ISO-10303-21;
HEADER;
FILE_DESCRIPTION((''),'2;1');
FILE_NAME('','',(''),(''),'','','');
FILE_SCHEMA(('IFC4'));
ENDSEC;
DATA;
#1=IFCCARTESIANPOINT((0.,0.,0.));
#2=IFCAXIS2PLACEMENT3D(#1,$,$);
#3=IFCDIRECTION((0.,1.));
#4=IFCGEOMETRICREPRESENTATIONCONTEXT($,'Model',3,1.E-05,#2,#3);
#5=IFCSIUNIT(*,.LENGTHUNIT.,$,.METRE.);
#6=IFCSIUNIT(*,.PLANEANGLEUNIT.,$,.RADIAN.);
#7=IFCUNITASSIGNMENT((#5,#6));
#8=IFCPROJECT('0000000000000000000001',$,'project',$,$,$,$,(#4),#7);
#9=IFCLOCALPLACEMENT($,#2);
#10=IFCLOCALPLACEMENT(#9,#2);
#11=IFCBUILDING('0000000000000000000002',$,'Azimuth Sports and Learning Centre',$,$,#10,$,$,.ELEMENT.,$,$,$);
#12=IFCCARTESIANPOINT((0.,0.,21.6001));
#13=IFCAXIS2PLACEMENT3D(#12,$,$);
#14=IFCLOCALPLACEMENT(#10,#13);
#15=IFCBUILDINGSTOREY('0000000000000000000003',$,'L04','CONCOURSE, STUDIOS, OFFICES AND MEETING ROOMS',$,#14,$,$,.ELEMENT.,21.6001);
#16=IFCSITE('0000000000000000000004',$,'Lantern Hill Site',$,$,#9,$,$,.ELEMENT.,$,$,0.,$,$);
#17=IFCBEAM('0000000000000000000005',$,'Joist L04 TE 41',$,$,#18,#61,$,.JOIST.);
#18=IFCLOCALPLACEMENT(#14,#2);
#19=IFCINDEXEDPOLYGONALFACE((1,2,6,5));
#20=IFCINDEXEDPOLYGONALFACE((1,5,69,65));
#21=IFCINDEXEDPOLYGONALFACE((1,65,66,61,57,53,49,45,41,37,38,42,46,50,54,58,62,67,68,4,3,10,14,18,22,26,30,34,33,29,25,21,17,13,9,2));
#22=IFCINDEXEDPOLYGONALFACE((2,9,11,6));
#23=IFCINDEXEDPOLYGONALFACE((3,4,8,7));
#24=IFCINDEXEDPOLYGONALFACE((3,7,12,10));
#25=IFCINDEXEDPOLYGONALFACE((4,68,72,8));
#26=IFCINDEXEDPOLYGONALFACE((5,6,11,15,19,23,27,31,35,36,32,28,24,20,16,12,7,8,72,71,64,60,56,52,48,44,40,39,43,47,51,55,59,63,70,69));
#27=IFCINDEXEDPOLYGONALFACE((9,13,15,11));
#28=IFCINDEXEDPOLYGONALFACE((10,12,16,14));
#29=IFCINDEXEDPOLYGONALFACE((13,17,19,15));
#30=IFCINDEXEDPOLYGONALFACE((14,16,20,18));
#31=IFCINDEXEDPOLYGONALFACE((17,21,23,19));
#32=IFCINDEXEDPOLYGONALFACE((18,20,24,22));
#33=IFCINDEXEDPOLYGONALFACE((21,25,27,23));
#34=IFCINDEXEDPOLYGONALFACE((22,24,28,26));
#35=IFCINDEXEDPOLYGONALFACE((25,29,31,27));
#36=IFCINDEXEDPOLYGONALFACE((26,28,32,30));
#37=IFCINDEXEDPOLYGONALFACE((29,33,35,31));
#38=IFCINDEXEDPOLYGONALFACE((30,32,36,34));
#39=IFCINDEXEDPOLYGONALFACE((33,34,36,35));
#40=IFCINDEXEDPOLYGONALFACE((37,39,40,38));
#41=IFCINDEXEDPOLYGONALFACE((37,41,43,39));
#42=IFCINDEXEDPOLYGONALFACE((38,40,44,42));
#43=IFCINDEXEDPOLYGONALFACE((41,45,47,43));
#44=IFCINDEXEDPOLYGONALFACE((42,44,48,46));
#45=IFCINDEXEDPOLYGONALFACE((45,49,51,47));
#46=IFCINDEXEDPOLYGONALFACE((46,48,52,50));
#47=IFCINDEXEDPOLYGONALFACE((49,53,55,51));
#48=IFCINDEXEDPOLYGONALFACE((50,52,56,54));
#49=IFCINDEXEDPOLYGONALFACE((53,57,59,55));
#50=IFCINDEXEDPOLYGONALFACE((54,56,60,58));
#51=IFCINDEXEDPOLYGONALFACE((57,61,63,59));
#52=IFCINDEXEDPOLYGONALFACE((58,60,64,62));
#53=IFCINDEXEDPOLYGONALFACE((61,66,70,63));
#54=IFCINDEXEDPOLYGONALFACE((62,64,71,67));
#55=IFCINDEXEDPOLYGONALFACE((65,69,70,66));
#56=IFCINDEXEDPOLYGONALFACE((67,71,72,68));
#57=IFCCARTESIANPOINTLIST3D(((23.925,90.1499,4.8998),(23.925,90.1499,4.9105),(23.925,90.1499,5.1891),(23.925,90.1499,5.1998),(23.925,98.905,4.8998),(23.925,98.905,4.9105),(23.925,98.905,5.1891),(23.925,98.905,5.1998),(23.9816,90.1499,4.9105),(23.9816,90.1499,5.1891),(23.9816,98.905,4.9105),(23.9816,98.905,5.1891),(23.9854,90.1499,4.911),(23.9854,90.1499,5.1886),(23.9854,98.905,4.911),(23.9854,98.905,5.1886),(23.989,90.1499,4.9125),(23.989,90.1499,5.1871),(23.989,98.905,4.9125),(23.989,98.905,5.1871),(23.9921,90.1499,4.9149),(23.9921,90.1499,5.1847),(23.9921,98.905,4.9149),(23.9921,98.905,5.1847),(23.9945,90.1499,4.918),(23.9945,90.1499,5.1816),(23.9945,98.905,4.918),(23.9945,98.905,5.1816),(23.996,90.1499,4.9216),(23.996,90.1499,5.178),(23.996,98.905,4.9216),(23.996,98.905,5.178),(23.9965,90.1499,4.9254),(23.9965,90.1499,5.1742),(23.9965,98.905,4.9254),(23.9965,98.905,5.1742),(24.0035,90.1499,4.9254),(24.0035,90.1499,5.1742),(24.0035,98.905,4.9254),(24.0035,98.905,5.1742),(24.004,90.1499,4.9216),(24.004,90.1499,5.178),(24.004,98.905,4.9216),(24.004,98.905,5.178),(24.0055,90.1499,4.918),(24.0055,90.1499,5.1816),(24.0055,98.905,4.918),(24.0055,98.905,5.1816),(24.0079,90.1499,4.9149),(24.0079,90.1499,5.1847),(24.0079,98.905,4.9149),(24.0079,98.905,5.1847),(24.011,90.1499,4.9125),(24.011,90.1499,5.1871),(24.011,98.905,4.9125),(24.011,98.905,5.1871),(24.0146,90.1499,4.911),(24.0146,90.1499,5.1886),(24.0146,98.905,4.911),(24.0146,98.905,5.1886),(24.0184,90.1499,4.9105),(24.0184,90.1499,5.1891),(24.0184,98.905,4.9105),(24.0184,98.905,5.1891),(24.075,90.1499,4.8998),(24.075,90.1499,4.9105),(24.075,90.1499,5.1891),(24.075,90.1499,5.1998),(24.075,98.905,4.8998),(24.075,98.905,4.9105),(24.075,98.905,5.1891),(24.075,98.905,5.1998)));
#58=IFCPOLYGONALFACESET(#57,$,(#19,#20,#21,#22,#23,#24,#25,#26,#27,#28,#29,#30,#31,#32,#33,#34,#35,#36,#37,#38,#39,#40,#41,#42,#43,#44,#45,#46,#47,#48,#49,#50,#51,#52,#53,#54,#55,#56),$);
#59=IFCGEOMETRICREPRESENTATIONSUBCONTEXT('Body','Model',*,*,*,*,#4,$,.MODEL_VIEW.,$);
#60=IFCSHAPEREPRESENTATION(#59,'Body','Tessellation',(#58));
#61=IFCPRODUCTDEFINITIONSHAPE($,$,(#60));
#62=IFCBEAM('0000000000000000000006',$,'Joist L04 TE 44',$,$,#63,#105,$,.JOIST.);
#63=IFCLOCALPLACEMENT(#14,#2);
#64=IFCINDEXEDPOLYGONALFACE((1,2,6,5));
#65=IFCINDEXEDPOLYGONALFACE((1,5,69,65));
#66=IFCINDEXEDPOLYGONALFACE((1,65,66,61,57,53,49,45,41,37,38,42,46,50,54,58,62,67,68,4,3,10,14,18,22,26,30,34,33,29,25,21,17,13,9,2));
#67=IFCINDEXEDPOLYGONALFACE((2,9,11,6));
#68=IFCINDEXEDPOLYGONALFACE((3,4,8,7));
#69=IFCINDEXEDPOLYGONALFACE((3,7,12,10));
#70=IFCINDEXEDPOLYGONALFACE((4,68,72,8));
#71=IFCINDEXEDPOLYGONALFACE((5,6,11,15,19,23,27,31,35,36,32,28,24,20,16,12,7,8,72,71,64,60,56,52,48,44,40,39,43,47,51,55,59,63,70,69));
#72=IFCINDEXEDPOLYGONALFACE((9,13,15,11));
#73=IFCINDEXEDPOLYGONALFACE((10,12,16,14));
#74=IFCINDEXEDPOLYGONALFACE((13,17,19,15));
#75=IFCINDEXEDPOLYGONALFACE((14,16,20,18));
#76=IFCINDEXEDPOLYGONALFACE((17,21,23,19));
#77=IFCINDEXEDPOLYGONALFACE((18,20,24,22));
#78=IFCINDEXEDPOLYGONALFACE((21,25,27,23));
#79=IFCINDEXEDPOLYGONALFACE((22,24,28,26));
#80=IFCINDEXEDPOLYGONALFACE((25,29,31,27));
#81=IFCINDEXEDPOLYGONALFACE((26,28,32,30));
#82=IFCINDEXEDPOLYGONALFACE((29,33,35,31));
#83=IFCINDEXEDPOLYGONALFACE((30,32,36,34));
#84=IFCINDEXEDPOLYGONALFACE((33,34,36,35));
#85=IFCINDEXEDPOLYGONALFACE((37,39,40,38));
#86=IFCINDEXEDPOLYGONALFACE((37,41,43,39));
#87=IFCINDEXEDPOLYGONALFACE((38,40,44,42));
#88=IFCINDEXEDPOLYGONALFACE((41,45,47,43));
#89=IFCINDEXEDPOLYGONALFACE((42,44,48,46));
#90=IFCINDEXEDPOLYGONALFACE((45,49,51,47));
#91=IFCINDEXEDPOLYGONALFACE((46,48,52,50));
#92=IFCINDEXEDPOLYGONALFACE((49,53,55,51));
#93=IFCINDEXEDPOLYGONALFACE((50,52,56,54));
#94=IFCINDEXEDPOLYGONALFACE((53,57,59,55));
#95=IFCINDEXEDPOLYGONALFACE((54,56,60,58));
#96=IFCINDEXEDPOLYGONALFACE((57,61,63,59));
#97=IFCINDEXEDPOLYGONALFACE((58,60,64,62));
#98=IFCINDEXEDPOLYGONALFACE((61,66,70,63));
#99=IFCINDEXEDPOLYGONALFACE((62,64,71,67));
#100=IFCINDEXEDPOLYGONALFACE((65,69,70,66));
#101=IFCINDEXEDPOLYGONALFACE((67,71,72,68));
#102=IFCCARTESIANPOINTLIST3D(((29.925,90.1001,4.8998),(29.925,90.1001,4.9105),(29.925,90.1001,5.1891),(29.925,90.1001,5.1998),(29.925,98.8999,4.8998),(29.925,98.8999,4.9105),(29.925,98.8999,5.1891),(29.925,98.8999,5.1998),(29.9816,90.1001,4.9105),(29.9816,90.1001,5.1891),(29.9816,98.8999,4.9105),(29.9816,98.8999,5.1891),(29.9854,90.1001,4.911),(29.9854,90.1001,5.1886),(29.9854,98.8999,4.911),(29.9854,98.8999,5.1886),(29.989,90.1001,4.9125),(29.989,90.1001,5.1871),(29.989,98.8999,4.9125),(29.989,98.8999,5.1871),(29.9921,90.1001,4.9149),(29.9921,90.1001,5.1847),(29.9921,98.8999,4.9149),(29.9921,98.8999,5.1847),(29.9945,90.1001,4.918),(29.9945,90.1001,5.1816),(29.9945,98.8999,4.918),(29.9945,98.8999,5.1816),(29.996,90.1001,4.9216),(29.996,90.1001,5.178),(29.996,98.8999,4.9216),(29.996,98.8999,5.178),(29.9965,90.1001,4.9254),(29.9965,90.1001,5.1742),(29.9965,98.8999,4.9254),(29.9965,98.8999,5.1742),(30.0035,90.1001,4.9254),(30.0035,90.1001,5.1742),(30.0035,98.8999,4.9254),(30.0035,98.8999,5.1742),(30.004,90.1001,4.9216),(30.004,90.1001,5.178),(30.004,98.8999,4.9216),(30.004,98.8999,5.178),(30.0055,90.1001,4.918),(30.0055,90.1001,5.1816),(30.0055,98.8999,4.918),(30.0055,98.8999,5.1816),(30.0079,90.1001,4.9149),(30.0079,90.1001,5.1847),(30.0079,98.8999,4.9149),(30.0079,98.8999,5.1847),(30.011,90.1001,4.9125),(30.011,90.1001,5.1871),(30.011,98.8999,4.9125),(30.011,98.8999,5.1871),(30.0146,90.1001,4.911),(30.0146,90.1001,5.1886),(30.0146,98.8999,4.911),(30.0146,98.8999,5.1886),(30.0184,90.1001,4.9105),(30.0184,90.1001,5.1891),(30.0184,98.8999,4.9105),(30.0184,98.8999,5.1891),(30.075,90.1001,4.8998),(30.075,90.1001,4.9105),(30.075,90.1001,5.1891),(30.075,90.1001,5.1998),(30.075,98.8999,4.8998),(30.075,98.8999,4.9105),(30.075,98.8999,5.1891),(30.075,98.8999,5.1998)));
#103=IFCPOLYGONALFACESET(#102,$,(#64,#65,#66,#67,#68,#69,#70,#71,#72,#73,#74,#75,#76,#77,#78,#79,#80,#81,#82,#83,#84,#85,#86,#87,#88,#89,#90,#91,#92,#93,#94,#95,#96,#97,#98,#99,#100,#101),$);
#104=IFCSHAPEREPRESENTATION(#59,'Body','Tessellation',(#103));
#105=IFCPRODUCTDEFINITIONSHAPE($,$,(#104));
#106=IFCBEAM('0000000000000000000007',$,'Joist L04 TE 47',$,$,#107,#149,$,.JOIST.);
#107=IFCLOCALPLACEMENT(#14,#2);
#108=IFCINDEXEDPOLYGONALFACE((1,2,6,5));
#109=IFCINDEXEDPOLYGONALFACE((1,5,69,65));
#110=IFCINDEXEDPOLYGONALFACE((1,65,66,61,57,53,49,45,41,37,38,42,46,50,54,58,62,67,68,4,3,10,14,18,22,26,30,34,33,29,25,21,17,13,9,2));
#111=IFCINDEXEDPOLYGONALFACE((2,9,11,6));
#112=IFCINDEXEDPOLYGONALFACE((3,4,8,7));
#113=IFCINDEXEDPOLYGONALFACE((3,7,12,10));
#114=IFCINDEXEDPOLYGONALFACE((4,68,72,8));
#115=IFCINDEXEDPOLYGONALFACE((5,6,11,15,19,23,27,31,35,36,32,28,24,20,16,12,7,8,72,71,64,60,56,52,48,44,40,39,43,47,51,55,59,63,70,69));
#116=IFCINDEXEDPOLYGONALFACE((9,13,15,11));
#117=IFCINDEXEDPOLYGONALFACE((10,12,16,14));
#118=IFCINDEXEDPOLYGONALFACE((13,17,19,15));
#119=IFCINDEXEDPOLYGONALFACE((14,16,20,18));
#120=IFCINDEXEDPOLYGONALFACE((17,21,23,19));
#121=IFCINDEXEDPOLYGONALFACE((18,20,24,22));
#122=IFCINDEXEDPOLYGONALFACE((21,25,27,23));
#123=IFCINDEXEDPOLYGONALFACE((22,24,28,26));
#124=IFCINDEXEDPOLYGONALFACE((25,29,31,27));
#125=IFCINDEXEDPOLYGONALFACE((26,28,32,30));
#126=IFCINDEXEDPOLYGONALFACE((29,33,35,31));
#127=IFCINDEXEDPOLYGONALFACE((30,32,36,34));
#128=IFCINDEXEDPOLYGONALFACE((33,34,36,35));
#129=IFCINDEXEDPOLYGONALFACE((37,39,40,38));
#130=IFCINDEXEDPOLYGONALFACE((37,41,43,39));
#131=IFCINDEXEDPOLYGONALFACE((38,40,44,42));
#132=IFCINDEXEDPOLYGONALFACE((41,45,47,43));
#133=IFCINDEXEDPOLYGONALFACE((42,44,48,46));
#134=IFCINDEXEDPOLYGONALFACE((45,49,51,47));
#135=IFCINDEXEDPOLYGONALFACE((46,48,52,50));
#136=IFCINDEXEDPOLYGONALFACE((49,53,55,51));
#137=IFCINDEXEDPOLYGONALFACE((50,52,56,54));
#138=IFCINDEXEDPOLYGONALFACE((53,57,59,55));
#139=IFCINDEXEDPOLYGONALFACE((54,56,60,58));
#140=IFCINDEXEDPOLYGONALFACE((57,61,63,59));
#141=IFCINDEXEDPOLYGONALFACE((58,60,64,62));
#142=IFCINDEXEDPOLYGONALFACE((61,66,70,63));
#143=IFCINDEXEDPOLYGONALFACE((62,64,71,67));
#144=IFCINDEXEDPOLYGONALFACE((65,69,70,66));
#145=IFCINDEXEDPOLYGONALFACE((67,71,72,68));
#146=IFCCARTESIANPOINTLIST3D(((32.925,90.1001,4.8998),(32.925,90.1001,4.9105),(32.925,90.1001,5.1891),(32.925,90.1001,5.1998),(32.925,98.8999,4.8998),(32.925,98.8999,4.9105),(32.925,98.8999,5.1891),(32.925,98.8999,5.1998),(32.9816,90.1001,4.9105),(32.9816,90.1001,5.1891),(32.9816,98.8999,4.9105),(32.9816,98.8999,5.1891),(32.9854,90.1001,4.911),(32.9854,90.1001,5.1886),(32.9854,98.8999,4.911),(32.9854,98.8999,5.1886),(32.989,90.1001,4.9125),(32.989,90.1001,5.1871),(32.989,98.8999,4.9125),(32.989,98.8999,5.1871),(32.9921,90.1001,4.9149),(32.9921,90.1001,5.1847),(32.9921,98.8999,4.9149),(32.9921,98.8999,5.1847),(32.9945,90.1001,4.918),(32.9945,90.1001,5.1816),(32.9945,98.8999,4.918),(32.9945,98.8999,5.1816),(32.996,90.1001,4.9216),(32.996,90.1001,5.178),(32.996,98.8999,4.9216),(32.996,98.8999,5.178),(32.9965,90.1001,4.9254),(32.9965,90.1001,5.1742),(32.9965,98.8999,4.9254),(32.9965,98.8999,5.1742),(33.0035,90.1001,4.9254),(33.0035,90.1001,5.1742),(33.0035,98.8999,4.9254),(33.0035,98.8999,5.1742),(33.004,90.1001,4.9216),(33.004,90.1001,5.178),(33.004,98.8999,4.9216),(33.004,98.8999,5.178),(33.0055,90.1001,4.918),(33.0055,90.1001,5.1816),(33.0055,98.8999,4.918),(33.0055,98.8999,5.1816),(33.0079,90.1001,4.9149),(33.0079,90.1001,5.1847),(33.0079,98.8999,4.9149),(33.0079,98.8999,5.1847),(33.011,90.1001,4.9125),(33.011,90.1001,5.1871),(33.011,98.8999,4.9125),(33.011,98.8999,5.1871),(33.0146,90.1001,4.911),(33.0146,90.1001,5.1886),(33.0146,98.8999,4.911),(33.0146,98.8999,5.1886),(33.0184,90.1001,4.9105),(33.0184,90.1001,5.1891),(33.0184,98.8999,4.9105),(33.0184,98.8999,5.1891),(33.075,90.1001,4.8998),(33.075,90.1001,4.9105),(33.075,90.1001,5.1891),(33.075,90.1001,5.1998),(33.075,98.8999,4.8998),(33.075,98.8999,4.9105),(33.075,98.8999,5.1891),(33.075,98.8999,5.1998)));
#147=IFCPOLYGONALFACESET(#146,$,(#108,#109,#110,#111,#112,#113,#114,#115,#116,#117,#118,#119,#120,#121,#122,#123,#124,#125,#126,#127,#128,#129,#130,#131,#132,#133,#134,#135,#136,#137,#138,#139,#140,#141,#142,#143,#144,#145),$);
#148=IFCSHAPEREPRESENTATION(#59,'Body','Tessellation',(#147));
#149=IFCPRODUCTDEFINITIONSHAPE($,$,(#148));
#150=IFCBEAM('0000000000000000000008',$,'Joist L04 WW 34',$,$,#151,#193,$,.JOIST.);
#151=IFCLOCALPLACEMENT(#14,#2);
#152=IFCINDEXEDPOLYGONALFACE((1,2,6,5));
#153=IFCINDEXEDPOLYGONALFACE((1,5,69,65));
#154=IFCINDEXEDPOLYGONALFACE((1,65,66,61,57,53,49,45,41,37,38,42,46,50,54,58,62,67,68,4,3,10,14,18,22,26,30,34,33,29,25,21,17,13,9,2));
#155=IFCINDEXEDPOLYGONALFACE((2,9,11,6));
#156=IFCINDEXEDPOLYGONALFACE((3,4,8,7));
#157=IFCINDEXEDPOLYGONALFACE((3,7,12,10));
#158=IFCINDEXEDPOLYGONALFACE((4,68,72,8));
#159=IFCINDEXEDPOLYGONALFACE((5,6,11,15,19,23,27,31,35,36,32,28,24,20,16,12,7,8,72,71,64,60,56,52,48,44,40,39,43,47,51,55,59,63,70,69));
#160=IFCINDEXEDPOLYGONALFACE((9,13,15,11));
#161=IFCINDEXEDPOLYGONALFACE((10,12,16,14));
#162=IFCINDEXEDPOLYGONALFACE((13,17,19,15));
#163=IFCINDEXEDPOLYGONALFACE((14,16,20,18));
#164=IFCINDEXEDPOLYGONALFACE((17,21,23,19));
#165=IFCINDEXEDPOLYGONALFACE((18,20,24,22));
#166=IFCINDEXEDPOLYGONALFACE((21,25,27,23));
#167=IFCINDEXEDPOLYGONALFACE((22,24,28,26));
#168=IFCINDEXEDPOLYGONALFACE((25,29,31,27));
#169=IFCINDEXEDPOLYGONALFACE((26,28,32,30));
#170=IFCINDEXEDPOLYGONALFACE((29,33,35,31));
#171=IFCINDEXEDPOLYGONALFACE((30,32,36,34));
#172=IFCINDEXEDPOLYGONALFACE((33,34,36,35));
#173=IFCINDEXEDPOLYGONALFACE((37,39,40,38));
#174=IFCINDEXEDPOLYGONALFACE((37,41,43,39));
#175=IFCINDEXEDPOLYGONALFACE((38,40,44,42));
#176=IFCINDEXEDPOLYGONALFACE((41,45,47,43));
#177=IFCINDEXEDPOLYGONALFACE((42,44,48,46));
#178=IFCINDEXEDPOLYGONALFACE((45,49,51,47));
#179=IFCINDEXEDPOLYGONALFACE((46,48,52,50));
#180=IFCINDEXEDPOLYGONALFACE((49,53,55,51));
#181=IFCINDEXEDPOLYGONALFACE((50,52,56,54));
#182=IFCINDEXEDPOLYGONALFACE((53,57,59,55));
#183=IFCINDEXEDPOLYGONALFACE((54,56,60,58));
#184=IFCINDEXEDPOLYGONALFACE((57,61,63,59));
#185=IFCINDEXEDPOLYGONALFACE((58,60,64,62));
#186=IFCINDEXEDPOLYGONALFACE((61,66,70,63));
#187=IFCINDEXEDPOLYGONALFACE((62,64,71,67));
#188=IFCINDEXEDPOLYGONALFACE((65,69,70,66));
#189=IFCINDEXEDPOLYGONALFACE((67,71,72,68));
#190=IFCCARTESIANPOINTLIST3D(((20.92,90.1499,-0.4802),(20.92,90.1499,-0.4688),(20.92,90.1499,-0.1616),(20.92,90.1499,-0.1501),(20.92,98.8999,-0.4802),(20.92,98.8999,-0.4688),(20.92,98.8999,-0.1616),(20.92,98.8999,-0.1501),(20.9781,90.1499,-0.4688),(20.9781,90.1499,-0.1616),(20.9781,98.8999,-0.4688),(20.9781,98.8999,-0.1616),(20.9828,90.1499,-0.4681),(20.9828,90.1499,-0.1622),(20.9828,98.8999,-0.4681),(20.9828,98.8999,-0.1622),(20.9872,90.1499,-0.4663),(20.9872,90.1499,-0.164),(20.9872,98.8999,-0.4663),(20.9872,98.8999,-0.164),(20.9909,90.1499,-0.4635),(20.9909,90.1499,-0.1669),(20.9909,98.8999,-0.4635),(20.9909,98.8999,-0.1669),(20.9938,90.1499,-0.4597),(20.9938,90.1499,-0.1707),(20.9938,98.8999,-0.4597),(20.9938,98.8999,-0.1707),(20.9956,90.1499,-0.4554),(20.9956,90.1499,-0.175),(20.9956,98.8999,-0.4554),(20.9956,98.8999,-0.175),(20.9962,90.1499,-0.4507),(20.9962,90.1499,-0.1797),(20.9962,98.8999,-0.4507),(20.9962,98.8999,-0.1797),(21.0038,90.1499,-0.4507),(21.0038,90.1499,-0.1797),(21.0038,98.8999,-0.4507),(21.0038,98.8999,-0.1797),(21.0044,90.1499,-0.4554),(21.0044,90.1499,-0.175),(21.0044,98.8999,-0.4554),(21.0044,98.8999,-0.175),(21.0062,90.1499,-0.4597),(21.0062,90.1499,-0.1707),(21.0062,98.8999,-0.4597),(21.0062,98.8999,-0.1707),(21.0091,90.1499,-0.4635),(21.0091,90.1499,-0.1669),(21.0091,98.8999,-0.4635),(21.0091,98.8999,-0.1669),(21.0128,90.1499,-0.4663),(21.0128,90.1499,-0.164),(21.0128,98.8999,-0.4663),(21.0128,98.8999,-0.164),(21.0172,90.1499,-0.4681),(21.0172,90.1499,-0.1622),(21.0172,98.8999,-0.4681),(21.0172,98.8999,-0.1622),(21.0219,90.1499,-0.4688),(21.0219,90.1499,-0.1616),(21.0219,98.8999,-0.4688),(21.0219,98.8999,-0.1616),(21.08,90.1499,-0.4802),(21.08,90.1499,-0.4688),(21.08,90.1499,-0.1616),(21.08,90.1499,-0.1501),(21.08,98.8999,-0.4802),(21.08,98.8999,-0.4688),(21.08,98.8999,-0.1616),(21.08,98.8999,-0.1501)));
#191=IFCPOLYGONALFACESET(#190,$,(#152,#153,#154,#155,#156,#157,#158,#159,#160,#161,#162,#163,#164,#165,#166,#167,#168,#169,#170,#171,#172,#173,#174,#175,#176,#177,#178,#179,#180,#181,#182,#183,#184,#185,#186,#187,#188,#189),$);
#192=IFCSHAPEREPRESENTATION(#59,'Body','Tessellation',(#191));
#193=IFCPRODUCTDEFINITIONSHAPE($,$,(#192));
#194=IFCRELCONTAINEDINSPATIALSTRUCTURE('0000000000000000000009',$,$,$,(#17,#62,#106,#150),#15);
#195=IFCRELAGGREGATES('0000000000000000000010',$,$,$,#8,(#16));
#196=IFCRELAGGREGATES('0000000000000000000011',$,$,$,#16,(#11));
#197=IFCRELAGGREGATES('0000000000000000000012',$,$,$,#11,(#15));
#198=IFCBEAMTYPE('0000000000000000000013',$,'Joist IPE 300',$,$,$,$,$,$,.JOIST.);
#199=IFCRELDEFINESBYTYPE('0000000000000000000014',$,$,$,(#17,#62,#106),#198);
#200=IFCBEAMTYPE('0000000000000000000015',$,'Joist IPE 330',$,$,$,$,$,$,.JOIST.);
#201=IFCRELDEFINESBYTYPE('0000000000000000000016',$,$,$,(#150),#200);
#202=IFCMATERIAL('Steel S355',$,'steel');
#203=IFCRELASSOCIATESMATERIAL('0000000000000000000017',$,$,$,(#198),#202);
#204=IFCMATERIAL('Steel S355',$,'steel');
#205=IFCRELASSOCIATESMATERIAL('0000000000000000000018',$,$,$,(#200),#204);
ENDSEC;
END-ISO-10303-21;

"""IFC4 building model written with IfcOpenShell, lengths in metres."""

from ifc_helpers import new_model, si_unit, direction, frame, origin, origin_2d, place, context, subcontext, project, spatial, i_section, extrude, material, material_profile, profile_set, type_object, element, save


model = new_model("IFC4")

# Units and contexts
model_context = context("Model", 3, precision=1e-05, world=origin(), true_north=direction((0.0, 1.0)))
body_context = subcontext(model_context, "Body", "Model", "MODEL_VIEW")
ifc_project = project(units=[si_unit("LENGTHUNIT", "METRE"), si_unit("PLANEANGLEUNIT", "RADIAN")], contexts=[model_context])

# Site, building, storey
site_placement = place(None, origin())
site = spatial("IfcSite", under=ifc_project, at=site_placement, Name="Lantern Hill Site", CompositionType="ELEMENT", RefElevation=0.0)
building_placement = place(site_placement, origin())
building = spatial("IfcBuilding", under=site, at=building_placement, Name="Azimuth Sports and Learning Centre", CompositionType="ELEMENT")
storey_placement = place(building_placement, frame((0.0, 0.0, 21.6001)))
storey = spatial("IfcBuildingStorey", under=building, at=storey_placement, Name="L04", Description="CONCOURSE, STUDIOS, OFFICES AND MEETING ROOMS", CompositionType="ELEMENT", Elevation=21.6001)

# Beams
ifc_material_1 = material(Name="Steel S355", Category="steel")
ifc_material_profile_1 = material_profile(ifc_material_1, i_section(OverallWidth=0.1499, OverallDepth=0.3, WebThickness=0.0071, FlangeThickness=0.0107, FilletRadius=0.0149, at=origin_2d()), Name="IPE 300")
ifc_profile_set_1 = profile_set([ifc_material_profile_1], Name="Steel S355")
beam_type_1 = type_object("IfcBeamType", Name="Joist IPE 300", PredefinedType="JOIST", material=ifc_profile_set_1)
for number, where, z_axis, x_axis, name in (
    (1, (24.0, 90.1499, 5.0498), (0.0, 1.0, 0.0), (-1.0, 0.0, 0.0), "Joist L04 TE 41"),
):
    element("IfcBeam", number, at=place(storey_placement, frame(where, z_axis=z_axis, x_axis=x_axis)), inside=storey, type_object=beam_type_1, Name=name, PredefinedType="JOIST", context=body_context, shape_type="SweptSolid", body=[
        extrude(i_section(OverallWidth=0.1499, OverallDepth=0.3, WebThickness=0.0071, FlangeThickness=0.0107, FilletRadius=0.0149, at=origin_2d()), origin(), (0.0, 0.0, 1.0), 8.7551),
    ])
for number, where, z_axis, x_axis, name in (
    (2, (30.0, 90.1001, 5.0498), (0.0, 1.0, 0.0), (-1.0, 0.0, 0.0), "Joist L04 TE 44"),
    (3, (33.0, 90.1001, 5.0498), (0.0, 1.0, 0.0), (-1.0, 0.0, 0.0), "Joist L04 TE 47"),
):
    element("IfcBeam", number, at=place(storey_placement, frame(where, z_axis=z_axis, x_axis=x_axis)), inside=storey, type_object=beam_type_1, Name=name, PredefinedType="JOIST", context=body_context, shape_type="SweptSolid", body=[
        extrude(i_section(OverallWidth=0.1499, OverallDepth=0.3, WebThickness=0.0071, FlangeThickness=0.0107, FilletRadius=0.0149, at=origin_2d()), origin(), (0.0, 0.0, 1.0), 8.7998),
    ])
ifc_material_2 = material(Name="Steel S355", Category="steel")
ifc_material_profile_2 = material_profile(ifc_material_2, i_section(OverallWidth=0.1599, OverallDepth=0.3301, WebThickness=0.0076, FlangeThickness=0.0115, FilletRadius=0.0181, at=origin_2d()), Name="IPE 330")
ifc_profile_set_2 = profile_set([ifc_material_profile_2], Name="Steel S355")
beam_type_2 = type_object("IfcBeamType", Name="Joist IPE 330", PredefinedType="JOIST", material=ifc_profile_set_2)
for number, where, z_axis, x_axis, name in (
    (4, (21.0, 90.1499, -0.3152), (0.0, 1.0, 0.0), (-1.0, 0.0, 0.0), "Joist L04 WW 34"),
):
    element("IfcBeam", number, at=place(storey_placement, frame(where, z_axis=z_axis, x_axis=x_axis)), inside=storey, type_object=beam_type_2, Name=name, PredefinedType="JOIST", context=body_context, shape_type="SweptSolid", body=[
        extrude(i_section(OverallWidth=0.1599, OverallDepth=0.3301, WebThickness=0.0076, FlangeThickness=0.0115, FilletRadius=0.0181, at=origin_2d()), origin(), (0.0, 0.0, 1.0), 8.75),
    ])

save(model, "model.ifc")
